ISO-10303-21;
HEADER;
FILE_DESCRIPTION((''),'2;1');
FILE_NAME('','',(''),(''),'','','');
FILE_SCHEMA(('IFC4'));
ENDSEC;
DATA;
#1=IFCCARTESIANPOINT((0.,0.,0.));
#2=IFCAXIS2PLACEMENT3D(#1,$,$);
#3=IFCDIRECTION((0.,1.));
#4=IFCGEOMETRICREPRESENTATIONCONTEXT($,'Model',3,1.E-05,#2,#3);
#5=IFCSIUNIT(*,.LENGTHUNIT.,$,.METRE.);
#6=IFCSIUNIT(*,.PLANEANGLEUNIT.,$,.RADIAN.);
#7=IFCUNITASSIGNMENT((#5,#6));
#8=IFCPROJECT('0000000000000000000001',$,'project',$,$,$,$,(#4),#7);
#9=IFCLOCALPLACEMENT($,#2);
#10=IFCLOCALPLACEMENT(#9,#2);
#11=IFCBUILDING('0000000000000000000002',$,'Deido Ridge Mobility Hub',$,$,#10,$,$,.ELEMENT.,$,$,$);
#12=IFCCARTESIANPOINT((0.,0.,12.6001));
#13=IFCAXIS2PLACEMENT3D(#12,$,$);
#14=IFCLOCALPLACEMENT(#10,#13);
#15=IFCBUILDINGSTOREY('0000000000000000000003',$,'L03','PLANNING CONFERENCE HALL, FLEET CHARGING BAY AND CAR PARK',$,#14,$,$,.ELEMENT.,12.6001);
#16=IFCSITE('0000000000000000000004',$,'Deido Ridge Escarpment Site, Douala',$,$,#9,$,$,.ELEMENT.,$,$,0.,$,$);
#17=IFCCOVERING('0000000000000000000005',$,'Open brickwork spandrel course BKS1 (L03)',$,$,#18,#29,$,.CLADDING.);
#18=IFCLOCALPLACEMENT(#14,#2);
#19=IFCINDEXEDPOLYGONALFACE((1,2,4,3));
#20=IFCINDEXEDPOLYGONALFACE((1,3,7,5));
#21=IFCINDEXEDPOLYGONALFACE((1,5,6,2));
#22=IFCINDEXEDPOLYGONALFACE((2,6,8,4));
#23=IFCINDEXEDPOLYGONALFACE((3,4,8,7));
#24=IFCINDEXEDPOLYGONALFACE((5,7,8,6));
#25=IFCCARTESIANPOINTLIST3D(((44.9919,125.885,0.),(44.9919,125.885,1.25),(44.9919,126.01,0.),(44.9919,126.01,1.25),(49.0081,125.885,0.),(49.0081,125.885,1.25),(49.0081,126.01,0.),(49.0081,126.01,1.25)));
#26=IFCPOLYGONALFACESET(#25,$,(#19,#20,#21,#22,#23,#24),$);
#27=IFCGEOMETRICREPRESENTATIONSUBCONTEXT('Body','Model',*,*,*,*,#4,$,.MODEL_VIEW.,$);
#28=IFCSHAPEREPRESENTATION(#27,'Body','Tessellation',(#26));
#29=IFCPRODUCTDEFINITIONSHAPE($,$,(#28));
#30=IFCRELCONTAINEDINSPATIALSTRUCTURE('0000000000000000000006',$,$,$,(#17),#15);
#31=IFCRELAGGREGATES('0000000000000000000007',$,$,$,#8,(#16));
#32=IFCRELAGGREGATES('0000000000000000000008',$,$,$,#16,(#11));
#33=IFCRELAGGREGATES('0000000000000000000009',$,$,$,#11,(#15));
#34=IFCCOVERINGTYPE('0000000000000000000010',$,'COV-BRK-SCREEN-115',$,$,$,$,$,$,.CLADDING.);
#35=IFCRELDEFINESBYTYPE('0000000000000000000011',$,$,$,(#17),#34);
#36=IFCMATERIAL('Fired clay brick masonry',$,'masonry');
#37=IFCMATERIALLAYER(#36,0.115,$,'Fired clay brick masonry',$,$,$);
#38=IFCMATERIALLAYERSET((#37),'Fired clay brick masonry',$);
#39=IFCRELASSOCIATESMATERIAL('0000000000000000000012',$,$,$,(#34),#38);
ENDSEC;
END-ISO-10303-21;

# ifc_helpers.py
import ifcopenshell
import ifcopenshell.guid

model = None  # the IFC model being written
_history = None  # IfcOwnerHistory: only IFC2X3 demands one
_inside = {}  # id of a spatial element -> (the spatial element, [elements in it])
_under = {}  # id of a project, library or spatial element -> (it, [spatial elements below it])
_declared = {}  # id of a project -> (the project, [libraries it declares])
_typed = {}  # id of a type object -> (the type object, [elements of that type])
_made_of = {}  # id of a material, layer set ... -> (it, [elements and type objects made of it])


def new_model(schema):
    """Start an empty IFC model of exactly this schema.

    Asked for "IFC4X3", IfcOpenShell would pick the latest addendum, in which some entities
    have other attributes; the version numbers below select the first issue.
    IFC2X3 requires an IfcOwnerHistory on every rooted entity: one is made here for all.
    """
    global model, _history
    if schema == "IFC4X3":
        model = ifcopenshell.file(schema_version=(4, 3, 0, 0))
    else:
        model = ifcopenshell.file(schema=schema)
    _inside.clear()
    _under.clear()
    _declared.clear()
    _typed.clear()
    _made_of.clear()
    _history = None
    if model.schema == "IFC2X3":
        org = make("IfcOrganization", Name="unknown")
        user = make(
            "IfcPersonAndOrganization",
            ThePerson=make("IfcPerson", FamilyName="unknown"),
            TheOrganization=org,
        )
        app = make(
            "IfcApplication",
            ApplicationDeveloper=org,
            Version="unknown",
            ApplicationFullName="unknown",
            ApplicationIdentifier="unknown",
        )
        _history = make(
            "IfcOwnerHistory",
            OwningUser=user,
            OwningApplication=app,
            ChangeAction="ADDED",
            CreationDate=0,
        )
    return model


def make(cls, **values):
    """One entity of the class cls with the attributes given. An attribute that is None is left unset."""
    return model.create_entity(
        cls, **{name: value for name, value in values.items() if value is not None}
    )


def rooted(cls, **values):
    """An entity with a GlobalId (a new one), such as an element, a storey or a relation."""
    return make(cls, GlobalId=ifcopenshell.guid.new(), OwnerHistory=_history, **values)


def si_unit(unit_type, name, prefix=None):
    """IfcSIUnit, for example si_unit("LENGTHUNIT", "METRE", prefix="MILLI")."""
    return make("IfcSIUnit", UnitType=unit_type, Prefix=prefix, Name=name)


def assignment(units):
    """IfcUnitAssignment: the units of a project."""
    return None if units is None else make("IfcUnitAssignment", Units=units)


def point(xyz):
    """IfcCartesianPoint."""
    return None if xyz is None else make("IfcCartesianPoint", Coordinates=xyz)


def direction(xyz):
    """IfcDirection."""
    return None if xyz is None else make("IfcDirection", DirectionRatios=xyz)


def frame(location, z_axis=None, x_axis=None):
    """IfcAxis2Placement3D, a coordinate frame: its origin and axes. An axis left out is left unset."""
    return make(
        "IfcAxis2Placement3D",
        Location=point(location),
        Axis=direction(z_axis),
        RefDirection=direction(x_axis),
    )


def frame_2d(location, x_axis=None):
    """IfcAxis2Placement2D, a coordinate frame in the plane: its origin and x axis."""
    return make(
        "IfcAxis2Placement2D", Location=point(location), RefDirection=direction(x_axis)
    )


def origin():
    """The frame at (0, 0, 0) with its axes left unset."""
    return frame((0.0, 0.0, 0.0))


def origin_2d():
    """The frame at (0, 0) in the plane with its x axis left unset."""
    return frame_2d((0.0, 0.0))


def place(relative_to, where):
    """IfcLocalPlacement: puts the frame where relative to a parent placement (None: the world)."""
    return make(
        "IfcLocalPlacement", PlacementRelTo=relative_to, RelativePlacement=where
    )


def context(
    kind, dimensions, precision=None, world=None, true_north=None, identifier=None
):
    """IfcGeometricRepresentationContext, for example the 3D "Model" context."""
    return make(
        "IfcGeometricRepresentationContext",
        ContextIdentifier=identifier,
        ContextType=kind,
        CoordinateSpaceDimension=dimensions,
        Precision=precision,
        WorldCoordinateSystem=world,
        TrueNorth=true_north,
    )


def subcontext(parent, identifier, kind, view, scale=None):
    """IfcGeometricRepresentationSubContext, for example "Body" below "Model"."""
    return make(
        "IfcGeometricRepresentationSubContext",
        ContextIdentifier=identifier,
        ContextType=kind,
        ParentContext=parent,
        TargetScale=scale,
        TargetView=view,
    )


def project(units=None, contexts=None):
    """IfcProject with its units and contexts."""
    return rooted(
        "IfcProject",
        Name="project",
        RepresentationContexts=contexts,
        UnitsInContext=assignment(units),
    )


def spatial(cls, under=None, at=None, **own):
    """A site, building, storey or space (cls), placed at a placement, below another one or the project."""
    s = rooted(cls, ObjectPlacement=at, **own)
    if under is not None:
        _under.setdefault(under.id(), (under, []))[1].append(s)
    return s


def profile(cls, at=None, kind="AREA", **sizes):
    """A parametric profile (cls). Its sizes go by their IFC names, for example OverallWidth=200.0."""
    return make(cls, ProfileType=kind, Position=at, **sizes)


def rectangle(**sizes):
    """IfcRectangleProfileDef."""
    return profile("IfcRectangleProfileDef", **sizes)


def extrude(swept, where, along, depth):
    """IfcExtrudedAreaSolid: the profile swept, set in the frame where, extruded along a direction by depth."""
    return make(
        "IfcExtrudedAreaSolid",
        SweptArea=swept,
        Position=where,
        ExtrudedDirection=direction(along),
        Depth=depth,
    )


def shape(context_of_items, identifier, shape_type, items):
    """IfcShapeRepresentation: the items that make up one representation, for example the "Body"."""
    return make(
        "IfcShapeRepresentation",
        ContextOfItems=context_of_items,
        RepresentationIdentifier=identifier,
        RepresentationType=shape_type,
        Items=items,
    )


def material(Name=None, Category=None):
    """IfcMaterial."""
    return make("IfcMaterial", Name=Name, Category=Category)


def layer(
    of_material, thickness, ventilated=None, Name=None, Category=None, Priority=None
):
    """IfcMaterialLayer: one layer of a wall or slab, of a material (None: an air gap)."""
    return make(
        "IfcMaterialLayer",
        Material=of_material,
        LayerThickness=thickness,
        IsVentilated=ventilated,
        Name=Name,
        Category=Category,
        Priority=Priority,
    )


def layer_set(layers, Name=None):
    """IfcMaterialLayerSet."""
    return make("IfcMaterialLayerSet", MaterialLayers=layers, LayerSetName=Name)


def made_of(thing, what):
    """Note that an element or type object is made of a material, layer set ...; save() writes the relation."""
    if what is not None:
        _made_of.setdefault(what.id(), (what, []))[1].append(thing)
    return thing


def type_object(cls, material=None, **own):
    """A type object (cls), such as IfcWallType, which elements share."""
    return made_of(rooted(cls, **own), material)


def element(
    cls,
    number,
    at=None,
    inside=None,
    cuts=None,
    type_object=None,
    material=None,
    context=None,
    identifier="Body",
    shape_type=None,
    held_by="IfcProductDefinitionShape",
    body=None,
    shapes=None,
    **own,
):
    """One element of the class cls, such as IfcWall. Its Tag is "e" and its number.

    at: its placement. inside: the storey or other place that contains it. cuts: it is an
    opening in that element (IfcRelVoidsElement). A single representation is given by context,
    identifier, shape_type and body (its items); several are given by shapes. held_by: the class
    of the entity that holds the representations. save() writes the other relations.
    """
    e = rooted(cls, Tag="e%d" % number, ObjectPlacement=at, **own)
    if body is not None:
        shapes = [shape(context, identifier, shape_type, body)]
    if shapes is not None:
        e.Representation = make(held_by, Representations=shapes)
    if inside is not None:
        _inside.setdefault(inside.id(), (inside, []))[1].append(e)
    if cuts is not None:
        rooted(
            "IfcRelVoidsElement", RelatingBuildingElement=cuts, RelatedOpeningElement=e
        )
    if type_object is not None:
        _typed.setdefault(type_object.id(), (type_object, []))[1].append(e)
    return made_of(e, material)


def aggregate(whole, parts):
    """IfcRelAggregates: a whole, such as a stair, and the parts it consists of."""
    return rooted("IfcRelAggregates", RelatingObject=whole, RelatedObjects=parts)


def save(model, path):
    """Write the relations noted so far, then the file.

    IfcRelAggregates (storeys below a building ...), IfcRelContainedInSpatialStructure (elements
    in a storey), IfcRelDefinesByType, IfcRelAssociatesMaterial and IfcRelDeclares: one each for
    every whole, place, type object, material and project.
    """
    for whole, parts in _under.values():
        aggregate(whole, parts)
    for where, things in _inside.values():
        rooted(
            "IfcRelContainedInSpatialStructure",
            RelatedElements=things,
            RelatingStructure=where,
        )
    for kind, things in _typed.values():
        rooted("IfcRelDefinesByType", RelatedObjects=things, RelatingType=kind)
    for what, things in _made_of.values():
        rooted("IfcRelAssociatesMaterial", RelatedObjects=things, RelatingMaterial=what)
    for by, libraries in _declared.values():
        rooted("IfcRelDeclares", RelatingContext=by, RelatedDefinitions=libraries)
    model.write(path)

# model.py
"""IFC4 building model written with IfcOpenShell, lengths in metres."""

from ifc_helpers import new_model, si_unit, direction, frame, origin, origin_2d, place, context, subcontext, project, spatial, rectangle, extrude, material, layer, layer_set, type_object, element, save


model = new_model("IFC4")

# Units and contexts
model_context = context("Model", 3, precision=1e-05, world=origin(), true_north=direction((0.0, 1.0)))
body_context = subcontext(model_context, "Body", "Model", "MODEL_VIEW")
ifc_project = project(units=[si_unit("LENGTHUNIT", "METRE"), si_unit("PLANEANGLEUNIT", "RADIAN")], contexts=[model_context])

# Site, building, storey
site_placement = place(None, origin())
site = spatial("IfcSite", under=ifc_project, at=site_placement, Name="Deido Ridge Escarpment Site, Douala", CompositionType="ELEMENT", RefElevation=0.0)
building_placement = place(site_placement, origin())
building = spatial("IfcBuilding", under=site, at=building_placement, Name="Deido Ridge Mobility Hub", CompositionType="ELEMENT")
storey_placement = place(building_placement, frame((0.0, 0.0, 12.6001)))
storey = spatial("IfcBuildingStorey", under=building, at=storey_placement, Name="L03", Description="PLANNING CONFERENCE HALL, FLEET CHARGING BAY AND CAR PARK", CompositionType="ELEMENT", Elevation=12.6001)

# Covering
ifc_material_1 = material(Name="Fired clay brick masonry", Category="masonry")
ifc_layer = layer(ifc_material_1, 0.115, Name="Fired clay brick masonry")
ifc_layer_set = layer_set([ifc_layer], Name="Fired clay brick masonry")
covering_type = type_object("IfcCoveringType", Name="COV-BRK-SCREEN-115", PredefinedType="CLADDING", material=ifc_layer_set)
covering_placement = place(storey_placement, frame((47.0, 125.9475, 0.0), z_axis=(0.0, 0.0, 1.0), x_axis=(-1.0, 0.0, 0.0)))
element("IfcCovering", 1, at=covering_placement, inside=storey, type_object=covering_type, Name="Open brickwork spandrel course BKS1 (L03)", PredefinedType="CLADDING", context=body_context, shape_type="SweptSolid", body=[
    extrude(rectangle(XDim=4.0161, YDim=0.125, at=origin_2d()), origin(), (0.0, 0.0, 1.0), 1.25),
])

save(model, "model.ifc")
